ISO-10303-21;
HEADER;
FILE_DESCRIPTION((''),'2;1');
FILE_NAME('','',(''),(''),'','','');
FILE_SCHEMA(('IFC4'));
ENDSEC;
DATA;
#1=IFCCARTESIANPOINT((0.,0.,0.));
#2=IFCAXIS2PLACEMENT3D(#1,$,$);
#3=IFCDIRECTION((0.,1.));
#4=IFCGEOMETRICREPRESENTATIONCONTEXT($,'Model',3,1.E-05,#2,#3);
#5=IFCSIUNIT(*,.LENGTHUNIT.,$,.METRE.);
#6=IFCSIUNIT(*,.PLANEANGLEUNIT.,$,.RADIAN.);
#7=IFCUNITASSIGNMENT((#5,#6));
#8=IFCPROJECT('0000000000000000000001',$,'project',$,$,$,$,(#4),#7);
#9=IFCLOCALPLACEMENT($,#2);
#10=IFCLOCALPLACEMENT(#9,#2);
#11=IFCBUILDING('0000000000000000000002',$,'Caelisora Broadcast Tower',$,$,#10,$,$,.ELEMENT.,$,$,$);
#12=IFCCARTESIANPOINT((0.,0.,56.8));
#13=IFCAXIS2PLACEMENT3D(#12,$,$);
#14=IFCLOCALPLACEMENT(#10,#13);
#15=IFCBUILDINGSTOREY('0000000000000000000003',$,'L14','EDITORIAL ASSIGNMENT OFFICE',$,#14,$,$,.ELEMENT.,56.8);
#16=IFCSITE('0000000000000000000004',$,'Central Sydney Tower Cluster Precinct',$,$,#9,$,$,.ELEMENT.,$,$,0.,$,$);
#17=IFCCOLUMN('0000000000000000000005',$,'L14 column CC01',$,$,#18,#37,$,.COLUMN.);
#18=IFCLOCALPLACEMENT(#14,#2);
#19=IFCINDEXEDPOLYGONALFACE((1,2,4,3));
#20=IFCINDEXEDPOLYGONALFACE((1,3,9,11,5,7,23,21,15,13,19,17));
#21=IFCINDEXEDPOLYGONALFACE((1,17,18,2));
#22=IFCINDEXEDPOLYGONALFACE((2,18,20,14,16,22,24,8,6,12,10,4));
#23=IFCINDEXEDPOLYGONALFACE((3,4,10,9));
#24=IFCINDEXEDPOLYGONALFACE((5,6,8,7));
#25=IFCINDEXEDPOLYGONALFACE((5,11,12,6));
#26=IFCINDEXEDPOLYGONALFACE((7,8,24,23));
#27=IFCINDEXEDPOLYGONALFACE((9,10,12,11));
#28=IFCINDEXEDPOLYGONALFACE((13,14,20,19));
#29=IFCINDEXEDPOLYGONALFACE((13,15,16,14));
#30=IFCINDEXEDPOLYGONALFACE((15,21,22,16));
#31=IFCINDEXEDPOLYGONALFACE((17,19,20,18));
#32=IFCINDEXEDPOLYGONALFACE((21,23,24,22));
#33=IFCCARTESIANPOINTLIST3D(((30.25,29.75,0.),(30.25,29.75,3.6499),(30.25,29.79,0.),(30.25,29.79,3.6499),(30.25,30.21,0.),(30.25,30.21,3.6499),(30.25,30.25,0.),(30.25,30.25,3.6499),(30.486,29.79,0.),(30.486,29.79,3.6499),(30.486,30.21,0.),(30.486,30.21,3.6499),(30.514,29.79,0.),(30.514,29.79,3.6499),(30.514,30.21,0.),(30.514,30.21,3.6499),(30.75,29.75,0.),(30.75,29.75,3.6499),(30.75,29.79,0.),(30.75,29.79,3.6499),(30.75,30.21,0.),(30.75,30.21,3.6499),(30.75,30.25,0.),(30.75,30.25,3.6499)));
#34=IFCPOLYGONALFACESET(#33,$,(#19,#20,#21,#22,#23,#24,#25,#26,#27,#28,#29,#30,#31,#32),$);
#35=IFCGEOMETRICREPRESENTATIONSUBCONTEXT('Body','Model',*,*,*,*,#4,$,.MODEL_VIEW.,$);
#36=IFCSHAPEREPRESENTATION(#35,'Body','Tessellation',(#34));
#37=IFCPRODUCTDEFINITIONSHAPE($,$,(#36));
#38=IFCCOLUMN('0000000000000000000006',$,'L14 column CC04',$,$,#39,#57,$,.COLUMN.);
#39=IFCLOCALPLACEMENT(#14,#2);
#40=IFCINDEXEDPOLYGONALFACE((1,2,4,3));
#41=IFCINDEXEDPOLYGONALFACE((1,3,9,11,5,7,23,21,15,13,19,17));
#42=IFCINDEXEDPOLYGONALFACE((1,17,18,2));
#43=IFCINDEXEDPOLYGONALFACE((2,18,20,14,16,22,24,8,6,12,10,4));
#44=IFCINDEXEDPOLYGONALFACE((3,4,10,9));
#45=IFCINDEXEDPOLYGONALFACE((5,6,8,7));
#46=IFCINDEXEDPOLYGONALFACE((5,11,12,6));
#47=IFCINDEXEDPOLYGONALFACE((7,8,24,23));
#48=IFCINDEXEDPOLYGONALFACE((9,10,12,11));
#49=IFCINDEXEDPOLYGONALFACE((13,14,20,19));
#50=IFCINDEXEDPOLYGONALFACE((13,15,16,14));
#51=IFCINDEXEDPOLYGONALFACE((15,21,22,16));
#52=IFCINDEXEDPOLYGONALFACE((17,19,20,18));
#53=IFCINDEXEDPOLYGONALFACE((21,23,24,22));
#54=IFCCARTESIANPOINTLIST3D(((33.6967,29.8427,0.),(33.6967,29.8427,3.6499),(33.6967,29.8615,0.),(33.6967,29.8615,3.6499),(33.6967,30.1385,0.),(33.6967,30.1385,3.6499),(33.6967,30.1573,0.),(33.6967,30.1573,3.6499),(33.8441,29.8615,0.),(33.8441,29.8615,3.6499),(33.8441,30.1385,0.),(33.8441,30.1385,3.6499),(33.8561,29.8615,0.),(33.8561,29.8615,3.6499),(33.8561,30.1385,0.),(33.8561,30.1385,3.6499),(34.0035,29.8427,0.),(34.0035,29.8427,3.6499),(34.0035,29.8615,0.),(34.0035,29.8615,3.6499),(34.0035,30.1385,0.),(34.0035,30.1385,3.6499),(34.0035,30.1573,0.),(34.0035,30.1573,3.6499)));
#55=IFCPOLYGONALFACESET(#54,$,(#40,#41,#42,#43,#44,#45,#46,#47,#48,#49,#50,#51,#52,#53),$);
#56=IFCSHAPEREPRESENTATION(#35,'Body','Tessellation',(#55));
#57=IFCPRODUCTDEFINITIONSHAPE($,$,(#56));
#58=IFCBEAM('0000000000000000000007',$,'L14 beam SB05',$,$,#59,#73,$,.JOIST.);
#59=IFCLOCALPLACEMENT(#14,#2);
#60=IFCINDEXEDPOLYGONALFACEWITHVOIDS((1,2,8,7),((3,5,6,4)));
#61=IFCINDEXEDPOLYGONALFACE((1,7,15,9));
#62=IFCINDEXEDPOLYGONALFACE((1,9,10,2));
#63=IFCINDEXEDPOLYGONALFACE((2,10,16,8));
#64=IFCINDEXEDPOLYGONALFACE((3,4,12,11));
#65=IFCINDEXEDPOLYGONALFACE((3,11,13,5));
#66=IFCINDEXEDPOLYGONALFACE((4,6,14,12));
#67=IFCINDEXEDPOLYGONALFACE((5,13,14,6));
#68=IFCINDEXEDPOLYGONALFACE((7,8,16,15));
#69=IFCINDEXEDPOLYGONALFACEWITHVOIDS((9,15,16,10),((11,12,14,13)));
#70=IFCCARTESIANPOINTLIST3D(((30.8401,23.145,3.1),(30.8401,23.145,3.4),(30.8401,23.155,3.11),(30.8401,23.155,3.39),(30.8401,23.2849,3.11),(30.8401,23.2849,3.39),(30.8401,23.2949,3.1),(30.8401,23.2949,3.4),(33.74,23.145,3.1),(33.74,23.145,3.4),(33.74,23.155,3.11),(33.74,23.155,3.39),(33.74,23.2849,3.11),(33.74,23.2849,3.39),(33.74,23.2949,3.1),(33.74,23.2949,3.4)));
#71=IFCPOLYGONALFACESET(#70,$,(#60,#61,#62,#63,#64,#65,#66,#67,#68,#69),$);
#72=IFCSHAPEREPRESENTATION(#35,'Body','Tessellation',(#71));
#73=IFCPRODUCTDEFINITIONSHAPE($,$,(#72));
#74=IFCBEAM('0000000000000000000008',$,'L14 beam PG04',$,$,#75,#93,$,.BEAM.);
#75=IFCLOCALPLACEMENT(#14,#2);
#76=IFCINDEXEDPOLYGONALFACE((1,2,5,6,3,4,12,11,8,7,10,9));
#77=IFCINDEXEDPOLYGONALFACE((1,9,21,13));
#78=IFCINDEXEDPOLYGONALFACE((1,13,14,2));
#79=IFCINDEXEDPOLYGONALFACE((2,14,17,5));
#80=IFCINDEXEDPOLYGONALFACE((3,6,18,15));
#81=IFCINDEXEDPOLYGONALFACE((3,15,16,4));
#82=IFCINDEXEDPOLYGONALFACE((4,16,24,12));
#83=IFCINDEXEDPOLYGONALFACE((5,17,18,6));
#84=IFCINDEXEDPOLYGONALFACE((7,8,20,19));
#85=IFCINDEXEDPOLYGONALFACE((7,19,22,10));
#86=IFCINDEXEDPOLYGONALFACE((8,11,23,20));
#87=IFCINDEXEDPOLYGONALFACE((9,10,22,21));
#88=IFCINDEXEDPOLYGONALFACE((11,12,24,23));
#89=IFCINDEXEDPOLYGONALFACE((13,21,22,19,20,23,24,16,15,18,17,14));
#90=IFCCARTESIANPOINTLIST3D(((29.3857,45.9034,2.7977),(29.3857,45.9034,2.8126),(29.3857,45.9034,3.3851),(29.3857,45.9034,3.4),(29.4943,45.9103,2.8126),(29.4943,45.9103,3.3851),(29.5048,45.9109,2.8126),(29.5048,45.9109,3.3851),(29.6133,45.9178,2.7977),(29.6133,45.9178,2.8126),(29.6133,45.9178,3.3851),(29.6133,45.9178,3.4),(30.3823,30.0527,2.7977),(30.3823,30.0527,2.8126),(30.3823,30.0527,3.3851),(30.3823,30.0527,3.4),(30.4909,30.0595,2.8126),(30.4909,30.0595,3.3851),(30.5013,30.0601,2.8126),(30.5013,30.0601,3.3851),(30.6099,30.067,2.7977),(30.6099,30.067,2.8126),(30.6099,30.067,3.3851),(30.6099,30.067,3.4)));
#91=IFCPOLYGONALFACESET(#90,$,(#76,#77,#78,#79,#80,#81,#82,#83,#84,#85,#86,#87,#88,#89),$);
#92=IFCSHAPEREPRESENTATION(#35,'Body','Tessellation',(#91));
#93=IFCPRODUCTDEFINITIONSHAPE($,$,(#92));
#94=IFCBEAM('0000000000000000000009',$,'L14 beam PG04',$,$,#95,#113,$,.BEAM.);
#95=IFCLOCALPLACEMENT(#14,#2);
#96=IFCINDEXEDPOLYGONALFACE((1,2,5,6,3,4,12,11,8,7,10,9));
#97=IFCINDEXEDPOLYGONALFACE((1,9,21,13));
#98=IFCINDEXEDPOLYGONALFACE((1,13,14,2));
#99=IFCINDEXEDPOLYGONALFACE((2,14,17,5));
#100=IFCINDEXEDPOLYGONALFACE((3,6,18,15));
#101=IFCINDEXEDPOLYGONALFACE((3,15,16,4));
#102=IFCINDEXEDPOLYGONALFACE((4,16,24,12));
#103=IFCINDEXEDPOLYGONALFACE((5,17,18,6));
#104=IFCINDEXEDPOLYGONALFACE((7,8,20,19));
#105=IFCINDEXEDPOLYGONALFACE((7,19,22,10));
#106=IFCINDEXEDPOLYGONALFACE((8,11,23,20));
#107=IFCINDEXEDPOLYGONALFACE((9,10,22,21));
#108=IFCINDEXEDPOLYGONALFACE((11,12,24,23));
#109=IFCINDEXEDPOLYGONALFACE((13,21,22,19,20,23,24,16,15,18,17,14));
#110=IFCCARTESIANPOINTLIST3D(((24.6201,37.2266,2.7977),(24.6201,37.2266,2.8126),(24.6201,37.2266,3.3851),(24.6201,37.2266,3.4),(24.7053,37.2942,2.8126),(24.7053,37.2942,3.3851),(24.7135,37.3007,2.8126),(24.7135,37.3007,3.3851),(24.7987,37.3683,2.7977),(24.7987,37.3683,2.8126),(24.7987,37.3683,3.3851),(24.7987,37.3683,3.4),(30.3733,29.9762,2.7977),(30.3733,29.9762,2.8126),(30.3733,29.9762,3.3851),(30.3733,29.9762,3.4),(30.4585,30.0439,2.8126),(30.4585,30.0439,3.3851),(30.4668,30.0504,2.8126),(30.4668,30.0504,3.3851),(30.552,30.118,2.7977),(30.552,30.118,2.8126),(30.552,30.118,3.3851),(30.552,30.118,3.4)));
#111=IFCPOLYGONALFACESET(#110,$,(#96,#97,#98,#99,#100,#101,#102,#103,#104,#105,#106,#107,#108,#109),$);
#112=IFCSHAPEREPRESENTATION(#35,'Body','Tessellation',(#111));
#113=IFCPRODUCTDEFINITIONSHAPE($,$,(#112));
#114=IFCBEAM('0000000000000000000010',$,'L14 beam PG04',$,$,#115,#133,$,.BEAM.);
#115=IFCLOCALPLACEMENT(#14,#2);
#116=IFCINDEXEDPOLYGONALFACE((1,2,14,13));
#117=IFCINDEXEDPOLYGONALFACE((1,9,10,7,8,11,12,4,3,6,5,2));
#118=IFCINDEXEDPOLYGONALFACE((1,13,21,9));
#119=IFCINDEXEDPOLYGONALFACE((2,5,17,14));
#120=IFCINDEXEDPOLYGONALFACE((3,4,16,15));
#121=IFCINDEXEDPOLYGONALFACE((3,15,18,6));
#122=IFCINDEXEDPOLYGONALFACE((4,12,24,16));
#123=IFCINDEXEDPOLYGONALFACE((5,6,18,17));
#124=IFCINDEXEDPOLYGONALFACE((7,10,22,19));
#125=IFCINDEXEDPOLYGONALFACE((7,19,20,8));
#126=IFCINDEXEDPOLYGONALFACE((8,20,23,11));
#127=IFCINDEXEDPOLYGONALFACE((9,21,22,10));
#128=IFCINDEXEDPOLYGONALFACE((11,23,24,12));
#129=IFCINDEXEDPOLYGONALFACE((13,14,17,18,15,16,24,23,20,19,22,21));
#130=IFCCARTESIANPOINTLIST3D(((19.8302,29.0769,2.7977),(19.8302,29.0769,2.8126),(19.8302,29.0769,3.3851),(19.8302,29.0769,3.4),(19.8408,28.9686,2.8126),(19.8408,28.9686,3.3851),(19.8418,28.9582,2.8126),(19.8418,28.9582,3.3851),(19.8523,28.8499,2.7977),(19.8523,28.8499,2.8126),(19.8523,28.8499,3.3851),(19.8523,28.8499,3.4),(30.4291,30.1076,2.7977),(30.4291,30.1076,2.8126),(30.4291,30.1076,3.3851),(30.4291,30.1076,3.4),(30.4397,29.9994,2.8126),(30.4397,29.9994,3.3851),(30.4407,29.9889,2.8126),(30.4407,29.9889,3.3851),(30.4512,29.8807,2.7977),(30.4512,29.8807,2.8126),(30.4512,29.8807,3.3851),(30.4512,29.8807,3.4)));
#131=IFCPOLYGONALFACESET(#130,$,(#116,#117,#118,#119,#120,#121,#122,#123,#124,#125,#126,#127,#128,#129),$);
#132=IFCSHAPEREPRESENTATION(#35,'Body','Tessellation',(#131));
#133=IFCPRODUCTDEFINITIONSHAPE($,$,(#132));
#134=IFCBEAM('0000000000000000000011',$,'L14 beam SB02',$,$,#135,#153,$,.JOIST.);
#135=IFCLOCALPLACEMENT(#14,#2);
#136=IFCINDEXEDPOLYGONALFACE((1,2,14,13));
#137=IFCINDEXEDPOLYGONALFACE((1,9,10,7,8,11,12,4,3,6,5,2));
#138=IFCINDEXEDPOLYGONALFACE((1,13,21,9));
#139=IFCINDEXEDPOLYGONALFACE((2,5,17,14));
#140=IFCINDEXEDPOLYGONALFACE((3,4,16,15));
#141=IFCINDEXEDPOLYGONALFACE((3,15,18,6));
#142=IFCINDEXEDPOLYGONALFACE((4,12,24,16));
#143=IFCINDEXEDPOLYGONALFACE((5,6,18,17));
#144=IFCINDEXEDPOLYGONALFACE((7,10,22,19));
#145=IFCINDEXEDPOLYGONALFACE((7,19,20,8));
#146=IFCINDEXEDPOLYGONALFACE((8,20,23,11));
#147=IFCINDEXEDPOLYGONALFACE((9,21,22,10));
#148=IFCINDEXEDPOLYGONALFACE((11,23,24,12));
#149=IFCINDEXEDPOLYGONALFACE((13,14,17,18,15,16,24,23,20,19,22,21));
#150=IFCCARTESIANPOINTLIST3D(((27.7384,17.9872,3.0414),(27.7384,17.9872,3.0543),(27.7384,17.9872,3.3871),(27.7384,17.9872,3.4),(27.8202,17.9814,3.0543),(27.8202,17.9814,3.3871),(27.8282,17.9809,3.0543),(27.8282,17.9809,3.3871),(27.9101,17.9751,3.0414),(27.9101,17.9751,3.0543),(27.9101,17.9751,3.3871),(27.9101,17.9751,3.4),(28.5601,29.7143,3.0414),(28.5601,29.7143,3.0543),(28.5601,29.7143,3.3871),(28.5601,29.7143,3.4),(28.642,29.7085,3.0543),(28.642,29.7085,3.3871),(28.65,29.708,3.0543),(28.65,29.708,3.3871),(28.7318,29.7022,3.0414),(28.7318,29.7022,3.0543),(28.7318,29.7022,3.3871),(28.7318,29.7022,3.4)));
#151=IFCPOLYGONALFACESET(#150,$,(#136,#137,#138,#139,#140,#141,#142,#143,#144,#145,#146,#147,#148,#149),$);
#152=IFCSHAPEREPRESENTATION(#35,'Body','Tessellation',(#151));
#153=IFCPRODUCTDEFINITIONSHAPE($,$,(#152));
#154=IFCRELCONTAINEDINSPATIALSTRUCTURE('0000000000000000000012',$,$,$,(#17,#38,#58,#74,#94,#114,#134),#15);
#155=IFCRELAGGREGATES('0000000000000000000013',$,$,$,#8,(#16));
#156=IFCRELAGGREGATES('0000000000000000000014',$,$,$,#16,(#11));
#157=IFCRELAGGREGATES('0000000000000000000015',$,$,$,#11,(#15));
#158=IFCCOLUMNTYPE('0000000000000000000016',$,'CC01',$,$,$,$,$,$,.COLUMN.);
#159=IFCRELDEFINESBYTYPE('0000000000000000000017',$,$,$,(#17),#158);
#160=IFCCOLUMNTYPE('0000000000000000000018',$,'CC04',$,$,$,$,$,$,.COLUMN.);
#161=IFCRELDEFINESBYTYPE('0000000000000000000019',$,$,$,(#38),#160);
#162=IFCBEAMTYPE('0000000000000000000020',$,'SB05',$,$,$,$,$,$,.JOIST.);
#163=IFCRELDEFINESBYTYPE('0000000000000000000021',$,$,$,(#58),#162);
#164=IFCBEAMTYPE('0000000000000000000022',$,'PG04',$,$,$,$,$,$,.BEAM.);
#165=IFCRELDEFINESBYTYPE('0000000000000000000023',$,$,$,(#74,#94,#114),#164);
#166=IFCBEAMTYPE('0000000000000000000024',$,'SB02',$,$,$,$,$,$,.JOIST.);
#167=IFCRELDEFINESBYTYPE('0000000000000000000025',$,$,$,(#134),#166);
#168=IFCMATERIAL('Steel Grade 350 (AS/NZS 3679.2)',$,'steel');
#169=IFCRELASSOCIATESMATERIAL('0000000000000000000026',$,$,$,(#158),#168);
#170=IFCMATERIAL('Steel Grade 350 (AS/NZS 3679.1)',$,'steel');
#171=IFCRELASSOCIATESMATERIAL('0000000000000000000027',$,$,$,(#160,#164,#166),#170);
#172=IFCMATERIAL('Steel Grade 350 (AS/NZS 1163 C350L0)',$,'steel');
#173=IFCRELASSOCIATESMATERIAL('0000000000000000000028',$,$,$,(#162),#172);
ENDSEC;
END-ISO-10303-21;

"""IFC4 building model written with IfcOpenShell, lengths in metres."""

from ifc_helpers import new_model, si_unit, direction, frame, origin, origin_2d, place, context, subcontext, project, spatial, hollow_rectangle, i_section, extrude, source, transform, mapped, material, material_profile, profile_set, type_object, type_shapes, element, save


model = new_model("IFC4")

# Units and contexts
model_context = context("Model", 3, precision=1e-05, world=origin(), true_north=direction((0.0, 1.0)))
body_context = subcontext(model_context, "Body", "Model", "MODEL_VIEW")
ifc_project = project(units=[si_unit("LENGTHUNIT", "METRE"), si_unit("PLANEANGLEUNIT", "RADIAN")], contexts=[model_context])

# Site, building, storey
site_placement = place(None, origin())
site = spatial("IfcSite", under=ifc_project, at=site_placement, Name="Central Sydney Tower Cluster Precinct", CompositionType="ELEMENT", RefElevation=0.0)
building_placement = place(site_placement, origin())
building = spatial("IfcBuilding", under=site, at=building_placement, Name="Caelisora Broadcast Tower", CompositionType="ELEMENT")
storey_placement = place(building_placement, frame((0.0, 0.0, 56.8)))
storey = spatial("IfcBuildingStorey", under=building, at=storey_placement, Name="L14", Description="EDITORIAL ASSIGNMENT OFFICE", CompositionType="ELEMENT", Elevation=56.8)

# Columns
ifc_material_1 = material(Name="Steel Grade 350 (AS/NZS 3679.2)", Category="steel")
ifc_material_profile_1 = material_profile(ifc_material_1, i_section(OverallWidth=0.5, OverallDepth=0.5, WebThickness=0.0281, FlangeThickness=0.04, at=origin_2d()), Name="Steel Grade 350 (AS/NZS 3679.2)")
ifc_profile_set_1 = profile_set([ifc_material_profile_1], Name="Steel Grade 350 (AS/NZS 3679.2)")
column_type_1 = type_object("IfcColumnType", Name="CC01", PredefinedType="COLUMN", material=ifc_profile_set_1)
shared_shape_1 = source(origin(), body_context, "Body", "SweptSolid", [
    extrude(i_section(OverallWidth=0.5, OverallDepth=0.5, WebThickness=0.0281, FlangeThickness=0.04, at=origin_2d()), origin(), (0.0, 0.0, 1.0), 3.6499),
])
type_shapes(column_type_1, [shared_shape_1])
column_1_placement = place(storey_placement, frame((30.5, 30.0, 0.0), z_axis=(0.0, 0.0, 1.0), x_axis=(1.0, 0.0, 0.0)))
element("IfcColumn", 1, at=column_1_placement, inside=storey, type_object=column_type_1, Name="L14 column CC01", PredefinedType="COLUMN", context=body_context, shape_type="MappedRepresentation", body=[
    mapped(shared_shape_1, transform((0.0, 0.0, 0.0), scale=1.0)),
])
ifc_material_2 = material(Name="Steel Grade 350 (AS/NZS 3679.1)", Category="steel")
ifc_material_profile_2 = material_profile(ifc_material_2, i_section(OverallWidth=0.3069, OverallDepth=0.3147, WebThickness=0.012, FlangeThickness=0.0188, at=origin_2d()), Name="Steel Grade 350 (AS/NZS 3679.1)")
ifc_profile_set_2 = profile_set([ifc_material_profile_2], Name="Steel Grade 350 (AS/NZS 3679.1)")
column_type_2 = type_object("IfcColumnType", Name="CC04", PredefinedType="COLUMN", material=ifc_profile_set_2)
shared_shape_2 = source(origin(), body_context, "Body", "SweptSolid", [
    extrude(i_section(OverallWidth=0.3069, OverallDepth=0.3147, WebThickness=0.012, FlangeThickness=0.0188, at=origin_2d()), origin(), (0.0, 0.0, 1.0), 3.6499),
])
type_shapes(column_type_2, [shared_shape_2])
column_2_placement = place(storey_placement, frame((33.8501, 30.0, 0.0), z_axis=(0.0, 0.0, 1.0), x_axis=(1.0, 0.0, 0.0)))
element("IfcColumn", 2, at=column_2_placement, inside=storey, type_object=column_type_2, Name="L14 column CC04", PredefinedType="COLUMN", context=body_context, shape_type="MappedRepresentation", body=[
    mapped(shared_shape_2, transform((0.0, 0.0, 0.0), scale=1.0)),
])

# Beams
ifc_material_3 = material(Name="Steel Grade 350 (AS/NZS 1163 C350L0)", Category="steel")
ifc_material_profile_3 = material_profile(ifc_material_3, hollow_rectangle(XDim=0.1499, YDim=0.3, WallThickness=0.01, at=origin_2d()), Name="Steel Grade 350 (AS/NZS 1163 C350L0)")
ifc_profile_set_3 = profile_set([ifc_material_profile_3], Name="Steel Grade 350 (AS/NZS 1163 C350L0)")
beam_type_1 = type_object("IfcBeamType", Name="SB05", PredefinedType="JOIST", material=ifc_profile_set_3)
shared_shape_3 = source(origin(), body_context, "Body", "SweptSolid", [
    extrude(hollow_rectangle(XDim=0.1499, YDim=0.3, WallThickness=0.01, at=origin_2d()), origin(), (0.0, 0.0, 1.0), 2.8999),
])
type_shapes(beam_type_1, [shared_shape_3])
beam_1_placement = place(storey_placement, frame((30.8401, 23.22, 3.25), z_axis=(1.0, 0.0, 0.0), x_axis=(0.0, 1.0, 0.0)))
element("IfcBeam", 3, at=beam_1_placement, inside=storey, type_object=beam_type_1, Name="L14 beam SB05", PredefinedType="JOIST", context=body_context, shape_type="MappedRepresentation", body=[
    mapped(shared_shape_3, transform((0.0, 0.0, 0.0), scale=1.0)),
])
ifc_material_profile_4 = material_profile(ifc_material_2, i_section(OverallWidth=0.228, OverallDepth=0.6023, WebThickness=0.0105, FlangeThickness=0.0149, at=origin_2d()), Name="Steel Grade 350 (AS/NZS 3679.1)")
ifc_profile_set_4 = profile_set([ifc_material_profile_4], Name="Steel Grade 350 (AS/NZS 3679.1)")
beam_type_2 = type_object("IfcBeamType", Name="PG04", PredefinedType="BEAM", material=ifc_profile_set_4)
shared_shape_4 = source(origin(), body_context, "Body", "SweptSolid", [
    extrude(i_section(OverallWidth=0.228, OverallDepth=0.6023, WebThickness=0.0105, FlangeThickness=0.0149, at=origin_2d()), origin(), (0.0, 0.0, 1.0), 15.8821),
])
beam_2_placement = place(storey_placement, frame((30.4961, 30.0598, 3.0989), z_axis=(-0.062749, 0.998029, 0.0), x_axis=(-0.998029, -0.062749, 0.0)))
element("IfcBeam", 4, at=beam_2_placement, inside=storey, type_object=beam_type_2, Name="L14 beam PG04", PredefinedType="BEAM", context=body_context, shape_type="MappedRepresentation", body=[
    mapped(shared_shape_4, transform((0.0, 0.0, 0.0), scale=1.0)),
])
shared_shape_5 = source(origin(), body_context, "Body", "SweptSolid", [
    extrude(i_section(OverallWidth=0.228, OverallDepth=0.6023, WebThickness=0.0105, FlangeThickness=0.0149, at=origin_2d()), origin(), (0.0, 0.0, 1.0), 9.2556),
])
beam_3_placement = place(storey_placement, frame((30.4626, 30.0471, 3.0989), z_axis=(-0.621592, 0.783341, 0.0), x_axis=(-0.783341, -0.621592, 0.0)))
element("IfcBeam", 5, at=beam_3_placement, inside=storey, type_object=beam_type_2, Name="L14 beam PG04", PredefinedType="BEAM", context=body_context, shape_type="MappedRepresentation", body=[
    mapped(shared_shape_5, transform((0.0, 0.0, 0.0), scale=1.0)),
])
shared_shape_6 = source(origin(), body_context, "Body", "SweptSolid", [
    extrude(i_section(OverallWidth=0.228, OverallDepth=0.6023, WebThickness=0.0105, FlangeThickness=0.0149, at=origin_2d()), origin(), (0.0, 0.0, 1.0), 10.6489),
])
type_shapes(beam_type_2, [shared_shape_4, shared_shape_5, shared_shape_6])
beam_4_placement = place(storey_placement, frame((30.4402, 29.9941, 3.0989), z_axis=(-0.995304, -0.096795, 0.0), x_axis=(0.096795, -0.995304, 0.0)))
element("IfcBeam", 6, at=beam_4_placement, inside=storey, type_object=beam_type_2, Name="L14 beam PG04", PredefinedType="BEAM", context=body_context, shape_type="MappedRepresentation", body=[
    mapped(shared_shape_6, transform((0.0, 0.0, 0.0), scale=1.0)),
])
ifc_material_profile_5 = material_profile(ifc_material_2, i_section(OverallWidth=0.1721, OverallDepth=0.3586, WebThickness=0.0081, FlangeThickness=0.0129, at=origin_2d()), Name="Steel Grade 350 (AS/NZS 3679.1)")
ifc_profile_set_5 = profile_set([ifc_material_profile_5], Name="Steel Grade 350 (AS/NZS 3679.1)")
beam_type_3 = type_object("IfcBeamType", Name="SB02", PredefinedType="JOIST", material=ifc_profile_set_5)
shared_shape_7 = source(origin(), body_context, "Body", "SweptSolid", [
    extrude(i_section(OverallWidth=0.1721, OverallDepth=0.3586, WebThickness=0.0081, FlangeThickness=0.0129, at=origin_2d()), origin(), (0.0, 0.0, 1.0), 11.7559),
])
beam_5_placement = place(storey_placement, frame((28.646, 29.7083, 3.2207), z_axis=(-0.069904, -0.997554, 0.0), x_axis=(0.997554, -0.069904, 0.0)))
element("IfcBeam", 7, at=beam_5_placement, inside=storey, type_object=beam_type_3, Name="L14 beam SB02", PredefinedType="JOIST", context=body_context, shape_type="MappedRepresentation", body=[
    mapped(shared_shape_7, transform((0.0, 0.0, 0.0), scale=1.0)),
])

save(model, "model.ifc")
